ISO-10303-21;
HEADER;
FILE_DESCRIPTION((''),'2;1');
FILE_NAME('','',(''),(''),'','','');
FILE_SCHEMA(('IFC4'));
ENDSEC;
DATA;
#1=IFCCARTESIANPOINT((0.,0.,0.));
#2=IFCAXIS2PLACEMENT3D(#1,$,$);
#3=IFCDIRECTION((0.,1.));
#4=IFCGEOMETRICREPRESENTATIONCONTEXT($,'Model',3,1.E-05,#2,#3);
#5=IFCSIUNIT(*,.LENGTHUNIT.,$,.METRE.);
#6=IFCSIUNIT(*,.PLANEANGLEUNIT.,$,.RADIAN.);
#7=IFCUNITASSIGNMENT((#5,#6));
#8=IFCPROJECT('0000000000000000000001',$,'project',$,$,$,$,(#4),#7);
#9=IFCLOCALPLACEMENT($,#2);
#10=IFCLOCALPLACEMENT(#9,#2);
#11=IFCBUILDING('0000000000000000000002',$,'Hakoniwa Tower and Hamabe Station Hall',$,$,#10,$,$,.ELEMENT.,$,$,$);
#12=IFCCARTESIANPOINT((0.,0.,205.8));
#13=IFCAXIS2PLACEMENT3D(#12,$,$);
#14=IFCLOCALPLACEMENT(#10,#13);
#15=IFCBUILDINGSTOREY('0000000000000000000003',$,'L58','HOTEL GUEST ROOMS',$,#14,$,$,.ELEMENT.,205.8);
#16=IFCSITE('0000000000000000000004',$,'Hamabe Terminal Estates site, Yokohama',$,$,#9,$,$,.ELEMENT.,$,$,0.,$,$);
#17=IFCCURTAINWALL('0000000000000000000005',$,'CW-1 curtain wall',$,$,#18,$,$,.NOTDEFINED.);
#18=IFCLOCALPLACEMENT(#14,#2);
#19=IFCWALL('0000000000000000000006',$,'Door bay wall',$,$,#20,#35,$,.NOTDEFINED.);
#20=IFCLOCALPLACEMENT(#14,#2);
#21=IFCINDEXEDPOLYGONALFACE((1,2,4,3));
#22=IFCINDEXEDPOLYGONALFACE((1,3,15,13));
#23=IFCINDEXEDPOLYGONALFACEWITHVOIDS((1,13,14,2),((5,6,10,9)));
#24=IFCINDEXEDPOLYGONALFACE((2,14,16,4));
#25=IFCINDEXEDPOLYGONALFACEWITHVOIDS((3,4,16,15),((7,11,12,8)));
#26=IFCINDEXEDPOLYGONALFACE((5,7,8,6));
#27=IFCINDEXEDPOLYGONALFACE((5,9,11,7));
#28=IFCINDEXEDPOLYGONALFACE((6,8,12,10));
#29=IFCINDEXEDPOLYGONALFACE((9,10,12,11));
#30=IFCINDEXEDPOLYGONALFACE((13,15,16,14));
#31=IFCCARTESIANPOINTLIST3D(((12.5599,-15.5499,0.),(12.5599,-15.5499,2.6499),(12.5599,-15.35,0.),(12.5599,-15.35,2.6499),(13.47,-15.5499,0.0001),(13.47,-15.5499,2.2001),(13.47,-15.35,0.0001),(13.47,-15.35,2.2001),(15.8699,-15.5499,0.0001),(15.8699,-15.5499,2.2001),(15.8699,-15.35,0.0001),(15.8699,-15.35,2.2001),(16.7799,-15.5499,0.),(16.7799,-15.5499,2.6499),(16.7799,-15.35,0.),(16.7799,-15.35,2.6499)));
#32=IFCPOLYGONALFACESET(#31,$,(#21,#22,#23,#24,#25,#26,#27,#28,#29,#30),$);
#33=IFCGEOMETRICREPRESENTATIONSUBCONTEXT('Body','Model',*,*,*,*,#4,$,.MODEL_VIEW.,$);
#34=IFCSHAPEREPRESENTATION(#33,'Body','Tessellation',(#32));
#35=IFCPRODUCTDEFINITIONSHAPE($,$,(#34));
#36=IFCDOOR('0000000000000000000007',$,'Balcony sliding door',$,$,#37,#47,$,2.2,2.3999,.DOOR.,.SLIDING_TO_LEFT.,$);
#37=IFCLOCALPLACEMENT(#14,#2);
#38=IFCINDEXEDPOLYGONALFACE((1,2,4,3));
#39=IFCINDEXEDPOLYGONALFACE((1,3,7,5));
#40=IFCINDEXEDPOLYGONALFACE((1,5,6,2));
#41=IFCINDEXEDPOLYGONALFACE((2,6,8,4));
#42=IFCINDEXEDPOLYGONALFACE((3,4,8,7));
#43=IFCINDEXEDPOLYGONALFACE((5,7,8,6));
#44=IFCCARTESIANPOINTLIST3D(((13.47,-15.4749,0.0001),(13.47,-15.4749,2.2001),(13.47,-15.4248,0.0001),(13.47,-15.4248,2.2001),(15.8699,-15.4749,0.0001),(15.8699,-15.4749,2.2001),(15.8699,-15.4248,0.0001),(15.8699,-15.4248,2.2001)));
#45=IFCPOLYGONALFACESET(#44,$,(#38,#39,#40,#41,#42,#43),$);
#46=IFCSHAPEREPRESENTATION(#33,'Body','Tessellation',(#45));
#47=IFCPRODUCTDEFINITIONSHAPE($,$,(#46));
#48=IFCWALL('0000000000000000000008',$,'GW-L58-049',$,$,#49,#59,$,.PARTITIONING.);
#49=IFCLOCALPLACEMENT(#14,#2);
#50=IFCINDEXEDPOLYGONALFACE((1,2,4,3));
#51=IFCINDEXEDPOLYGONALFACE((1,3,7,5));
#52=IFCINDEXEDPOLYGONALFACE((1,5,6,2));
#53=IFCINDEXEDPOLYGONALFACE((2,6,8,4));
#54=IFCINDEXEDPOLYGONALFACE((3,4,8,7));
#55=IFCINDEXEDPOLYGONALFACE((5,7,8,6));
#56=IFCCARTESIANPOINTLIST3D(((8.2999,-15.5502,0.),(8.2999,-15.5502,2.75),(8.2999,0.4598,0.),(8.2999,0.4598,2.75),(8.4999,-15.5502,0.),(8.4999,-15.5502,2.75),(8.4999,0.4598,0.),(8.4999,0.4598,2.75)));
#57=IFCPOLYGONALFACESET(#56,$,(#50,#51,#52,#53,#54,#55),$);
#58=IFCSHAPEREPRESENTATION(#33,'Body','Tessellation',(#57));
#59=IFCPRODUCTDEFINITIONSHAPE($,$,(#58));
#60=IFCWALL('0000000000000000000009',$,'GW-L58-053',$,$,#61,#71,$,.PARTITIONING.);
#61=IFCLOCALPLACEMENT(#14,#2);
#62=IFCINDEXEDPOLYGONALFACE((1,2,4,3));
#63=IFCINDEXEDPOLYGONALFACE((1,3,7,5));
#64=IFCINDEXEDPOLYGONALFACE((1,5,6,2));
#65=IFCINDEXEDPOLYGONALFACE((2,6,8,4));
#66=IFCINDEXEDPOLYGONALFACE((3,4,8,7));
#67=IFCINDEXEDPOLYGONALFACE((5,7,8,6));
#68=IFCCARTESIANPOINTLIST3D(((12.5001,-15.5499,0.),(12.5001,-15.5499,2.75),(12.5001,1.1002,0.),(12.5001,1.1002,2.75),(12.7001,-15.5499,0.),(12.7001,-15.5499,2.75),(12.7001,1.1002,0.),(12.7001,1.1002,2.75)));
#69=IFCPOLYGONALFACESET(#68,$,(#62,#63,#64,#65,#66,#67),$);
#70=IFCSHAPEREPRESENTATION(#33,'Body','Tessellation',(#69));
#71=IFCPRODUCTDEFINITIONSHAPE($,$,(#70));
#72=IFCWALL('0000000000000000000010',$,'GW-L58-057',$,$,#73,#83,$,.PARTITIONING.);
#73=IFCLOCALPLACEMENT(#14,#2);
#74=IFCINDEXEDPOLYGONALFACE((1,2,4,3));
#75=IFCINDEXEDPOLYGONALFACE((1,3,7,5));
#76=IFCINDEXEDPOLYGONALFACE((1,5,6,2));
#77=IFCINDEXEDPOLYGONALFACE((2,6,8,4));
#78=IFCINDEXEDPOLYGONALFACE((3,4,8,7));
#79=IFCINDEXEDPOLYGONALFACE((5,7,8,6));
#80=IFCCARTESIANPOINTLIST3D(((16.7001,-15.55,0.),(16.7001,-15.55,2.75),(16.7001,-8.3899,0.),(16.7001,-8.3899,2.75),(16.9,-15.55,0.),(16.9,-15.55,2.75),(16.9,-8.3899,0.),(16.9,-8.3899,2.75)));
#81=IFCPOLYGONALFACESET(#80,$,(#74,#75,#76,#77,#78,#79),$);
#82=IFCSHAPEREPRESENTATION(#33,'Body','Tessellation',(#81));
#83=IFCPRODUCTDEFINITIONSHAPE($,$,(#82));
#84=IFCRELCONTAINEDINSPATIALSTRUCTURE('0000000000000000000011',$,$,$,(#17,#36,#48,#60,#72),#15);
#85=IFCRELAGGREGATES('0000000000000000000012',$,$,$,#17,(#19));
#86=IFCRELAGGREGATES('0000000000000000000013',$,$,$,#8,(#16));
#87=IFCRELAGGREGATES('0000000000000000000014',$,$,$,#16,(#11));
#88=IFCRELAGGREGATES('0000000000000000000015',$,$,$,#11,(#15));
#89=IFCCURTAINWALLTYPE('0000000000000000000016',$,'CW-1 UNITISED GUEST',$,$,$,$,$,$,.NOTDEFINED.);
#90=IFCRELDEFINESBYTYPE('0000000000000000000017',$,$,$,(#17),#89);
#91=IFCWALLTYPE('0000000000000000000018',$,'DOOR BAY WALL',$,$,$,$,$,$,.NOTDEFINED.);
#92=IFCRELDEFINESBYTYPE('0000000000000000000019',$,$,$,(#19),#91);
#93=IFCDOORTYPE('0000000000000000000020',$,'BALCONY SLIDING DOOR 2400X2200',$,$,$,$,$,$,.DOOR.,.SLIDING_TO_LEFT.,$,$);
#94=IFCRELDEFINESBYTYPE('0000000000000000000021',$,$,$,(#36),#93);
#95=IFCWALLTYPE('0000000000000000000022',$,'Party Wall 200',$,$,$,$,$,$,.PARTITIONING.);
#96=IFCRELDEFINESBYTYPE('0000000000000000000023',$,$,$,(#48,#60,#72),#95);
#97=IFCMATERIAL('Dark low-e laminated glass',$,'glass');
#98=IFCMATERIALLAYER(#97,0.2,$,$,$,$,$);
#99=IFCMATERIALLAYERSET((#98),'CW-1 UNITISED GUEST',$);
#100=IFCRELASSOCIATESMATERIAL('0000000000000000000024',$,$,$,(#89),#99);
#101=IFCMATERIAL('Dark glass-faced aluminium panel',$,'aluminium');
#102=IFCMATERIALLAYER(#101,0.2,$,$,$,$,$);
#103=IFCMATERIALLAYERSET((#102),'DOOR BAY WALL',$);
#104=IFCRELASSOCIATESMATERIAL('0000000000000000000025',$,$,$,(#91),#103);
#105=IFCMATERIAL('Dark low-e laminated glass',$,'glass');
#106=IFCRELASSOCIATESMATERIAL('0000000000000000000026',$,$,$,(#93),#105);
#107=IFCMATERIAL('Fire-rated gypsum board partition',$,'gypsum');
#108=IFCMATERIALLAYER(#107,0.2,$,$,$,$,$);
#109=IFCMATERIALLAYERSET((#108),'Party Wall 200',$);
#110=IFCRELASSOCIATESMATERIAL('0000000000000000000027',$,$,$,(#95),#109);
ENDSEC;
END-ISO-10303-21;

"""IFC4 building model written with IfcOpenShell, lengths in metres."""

from ifc_helpers import new_model, si_unit, direction, frame, frame_2d, origin, place, context, subcontext, project, spatial, rectangle, extrude, material, layer, layer_set, type_object, element, fill, aggregate, save


model = new_model("IFC4")

# Units and contexts
model_context = context("Model", 3, precision=1e-05, world=origin(), true_north=direction((0.0, 1.0)))
body_context = subcontext(model_context, "Body", "Model", "MODEL_VIEW")
ifc_project = project(units=[si_unit("LENGTHUNIT", "METRE"), si_unit("PLANEANGLEUNIT", "RADIAN")], contexts=[model_context])

# Site, building, storey
site_placement = place(None, origin())
site = spatial("IfcSite", under=ifc_project, at=site_placement, Name="Hamabe Terminal Estates site, Yokohama", CompositionType="ELEMENT", RefElevation=0.0)
building_placement = place(site_placement, origin())
building = spatial("IfcBuilding", under=site, at=building_placement, Name="Hakoniwa Tower and Hamabe Station Hall", CompositionType="ELEMENT")
storey_placement = place(building_placement, frame((0.0, 0.0, 205.8)))
storey = spatial("IfcBuildingStorey", under=building, at=storey_placement, Name="L58", Description="HOTEL GUEST ROOMS", CompositionType="ELEMENT", Elevation=205.8)

# Curtain wall
ifc_material_1 = material(Name="Dark low-e laminated glass", Category="glass")
ifc_layer_1 = layer(ifc_material_1, 0.2)
ifc_layer_set_1 = layer_set([ifc_layer_1], Name="CW-1 UNITISED GUEST")
curtain_wall_type = type_object("IfcCurtainWallType", Name="CW-1 UNITISED GUEST", PredefinedType="NOTDEFINED", material=ifc_layer_set_1)
curtain_wall_placement = place(storey_placement, origin())
curtain_wall = element("IfcCurtainWall", 1, at=curtain_wall_placement, inside=storey, type_object=curtain_wall_type, Name="CW-1 curtain wall", PredefinedType="NOTDEFINED")

# Wall, opening, door
ifc_material_2 = material(Name="Dark glass-faced aluminium panel", Category="aluminium")
ifc_layer_2 = layer(ifc_material_2, 0.2)
ifc_layer_set_2 = layer_set([ifc_layer_2], Name="DOOR BAY WALL")
wall_type_1 = type_object("IfcWallType", Name="DOOR BAY WALL", PredefinedType="NOTDEFINED", material=ifc_layer_set_2)
ifc_material_3 = material(Name="Dark low-e laminated glass", Category="glass")
door_type_1 = type_object("IfcDoorType", Name="BALCONY SLIDING DOOR 2400X2200", OperationType="SLIDING_TO_LEFT", PredefinedType="DOOR", material=ifc_material_3)
wall_1_placement = place(storey_placement, frame((12.5601, -15.45, 0.0), z_axis=(0.0, 0.0, 1.0), x_axis=(1.0, 0.0, 0.0)))
wall_1 = element("IfcWall", 2, at=wall_1_placement, type_object=wall_type_1, Name="Door bay wall", PredefinedType="NOTDEFINED", context=body_context, shape_type="SweptSolid", body=[
    extrude(rectangle(XDim=4.22, YDim=0.2, at=frame_2d((2.1099, 0.0))), origin(), (0.0, 0.0, 1.0), 2.6499),
])
opening_1_placement = place(wall_1_placement, frame((0.9099, 0.0, 0.0)))
opening_1 = element("IfcOpeningElement", 3, at=opening_1_placement, cuts=wall_1, PredefinedType="OPENING", context=body_context, shape_type="SweptSolid", body=[
    extrude(rectangle(XDim=2.3999, YDim=2.2, at=frame_2d((1.2, 1.1001))), frame((0.0, 0.1099, 0.0), z_axis=(0.0, -1.0, 0.0), x_axis=(1.0, 0.0, 0.0)), (0.0, 0.0, 1.0), 0.22),
])
door_1_placement = place(opening_1_placement, frame((2.3999, 0.0, 0.0), z_axis=(0.0, 0.0, 1.0), x_axis=(-1.0, 0.0, 0.0)))
door_1 = element("IfcDoor", 4, at=door_1_placement, inside=storey, type_object=door_type_1, Name="Balcony sliding door", OperationType="SLIDING_TO_LEFT", OverallHeight=2.2, OverallWidth=2.3999, PredefinedType="DOOR", context=body_context, shape_type="SweptSolid", body=[
    extrude(rectangle(XDim=2.3999, YDim=2.2, at=frame_2d((1.2, 1.1001))), frame((0.0, 0.0249, 0.0), z_axis=(0.0, -1.0, 0.0), x_axis=(1.0, 0.0, 0.0)), (0.0, 0.0, 1.0), 0.05),
])
fill(opening_1, door_1)
aggregate(curtain_wall, [wall_1])

# Walls
ifc_material_4 = material(Name="Fire-rated gypsum board partition", Category="gypsum")
ifc_layer_3 = layer(ifc_material_4, 0.2)
ifc_layer_set_3 = layer_set([ifc_layer_3], Name="Party Wall 200")
wall_type_2 = type_object("IfcWallType", Name="Party Wall 200", PredefinedType="PARTITIONING", material=ifc_layer_set_3)
wall_2_placement = place(storey_placement, frame((8.3999, -15.55, 0.0), z_axis=(0.0, 0.0, 1.0), x_axis=(0.0, 1.0, 0.0)))
element("IfcWall", 5, at=wall_2_placement, inside=storey, type_object=wall_type_2, Name="GW-L58-049", PredefinedType="PARTITIONING", context=body_context, shape_type="SweptSolid", body=[
    extrude(rectangle(XDim=16.01, YDim=0.2, at=frame_2d((8.0049, 0.0))), origin(), (0.0, 0.0, 1.0), 2.75),
])
wall_3_placement = place(storey_placement, frame((12.6001, -15.55, 0.0), z_axis=(0.0, 0.0, 1.0), x_axis=(0.0, 1.0, 0.0)))
element("IfcWall", 6, at=wall_3_placement, inside=storey, type_object=wall_type_2, Name="GW-L58-053", PredefinedType="PARTITIONING", context=body_context, shape_type="SweptSolid", body=[
    extrude(rectangle(XDim=16.6501, YDim=0.2, at=frame_2d((8.3252, 0.0))), origin(), (0.0, 0.0, 1.0), 2.75),
])
wall_4_placement = place(storey_placement, frame((16.8, -15.55, 0.0), z_axis=(0.0, 0.0, 1.0), x_axis=(0.0, 1.0, 0.0)))
element("IfcWall", 7, at=wall_4_placement, inside=storey, type_object=wall_type_2, Name="GW-L58-057", PredefinedType="PARTITIONING", context=body_context, shape_type="SweptSolid", body=[
    extrude(rectangle(XDim=7.1602, YDim=0.2, at=frame_2d((3.5801, 0.0))), origin(), (0.0, 0.0, 1.0), 2.75),
])

save(model, "model.ifc")
